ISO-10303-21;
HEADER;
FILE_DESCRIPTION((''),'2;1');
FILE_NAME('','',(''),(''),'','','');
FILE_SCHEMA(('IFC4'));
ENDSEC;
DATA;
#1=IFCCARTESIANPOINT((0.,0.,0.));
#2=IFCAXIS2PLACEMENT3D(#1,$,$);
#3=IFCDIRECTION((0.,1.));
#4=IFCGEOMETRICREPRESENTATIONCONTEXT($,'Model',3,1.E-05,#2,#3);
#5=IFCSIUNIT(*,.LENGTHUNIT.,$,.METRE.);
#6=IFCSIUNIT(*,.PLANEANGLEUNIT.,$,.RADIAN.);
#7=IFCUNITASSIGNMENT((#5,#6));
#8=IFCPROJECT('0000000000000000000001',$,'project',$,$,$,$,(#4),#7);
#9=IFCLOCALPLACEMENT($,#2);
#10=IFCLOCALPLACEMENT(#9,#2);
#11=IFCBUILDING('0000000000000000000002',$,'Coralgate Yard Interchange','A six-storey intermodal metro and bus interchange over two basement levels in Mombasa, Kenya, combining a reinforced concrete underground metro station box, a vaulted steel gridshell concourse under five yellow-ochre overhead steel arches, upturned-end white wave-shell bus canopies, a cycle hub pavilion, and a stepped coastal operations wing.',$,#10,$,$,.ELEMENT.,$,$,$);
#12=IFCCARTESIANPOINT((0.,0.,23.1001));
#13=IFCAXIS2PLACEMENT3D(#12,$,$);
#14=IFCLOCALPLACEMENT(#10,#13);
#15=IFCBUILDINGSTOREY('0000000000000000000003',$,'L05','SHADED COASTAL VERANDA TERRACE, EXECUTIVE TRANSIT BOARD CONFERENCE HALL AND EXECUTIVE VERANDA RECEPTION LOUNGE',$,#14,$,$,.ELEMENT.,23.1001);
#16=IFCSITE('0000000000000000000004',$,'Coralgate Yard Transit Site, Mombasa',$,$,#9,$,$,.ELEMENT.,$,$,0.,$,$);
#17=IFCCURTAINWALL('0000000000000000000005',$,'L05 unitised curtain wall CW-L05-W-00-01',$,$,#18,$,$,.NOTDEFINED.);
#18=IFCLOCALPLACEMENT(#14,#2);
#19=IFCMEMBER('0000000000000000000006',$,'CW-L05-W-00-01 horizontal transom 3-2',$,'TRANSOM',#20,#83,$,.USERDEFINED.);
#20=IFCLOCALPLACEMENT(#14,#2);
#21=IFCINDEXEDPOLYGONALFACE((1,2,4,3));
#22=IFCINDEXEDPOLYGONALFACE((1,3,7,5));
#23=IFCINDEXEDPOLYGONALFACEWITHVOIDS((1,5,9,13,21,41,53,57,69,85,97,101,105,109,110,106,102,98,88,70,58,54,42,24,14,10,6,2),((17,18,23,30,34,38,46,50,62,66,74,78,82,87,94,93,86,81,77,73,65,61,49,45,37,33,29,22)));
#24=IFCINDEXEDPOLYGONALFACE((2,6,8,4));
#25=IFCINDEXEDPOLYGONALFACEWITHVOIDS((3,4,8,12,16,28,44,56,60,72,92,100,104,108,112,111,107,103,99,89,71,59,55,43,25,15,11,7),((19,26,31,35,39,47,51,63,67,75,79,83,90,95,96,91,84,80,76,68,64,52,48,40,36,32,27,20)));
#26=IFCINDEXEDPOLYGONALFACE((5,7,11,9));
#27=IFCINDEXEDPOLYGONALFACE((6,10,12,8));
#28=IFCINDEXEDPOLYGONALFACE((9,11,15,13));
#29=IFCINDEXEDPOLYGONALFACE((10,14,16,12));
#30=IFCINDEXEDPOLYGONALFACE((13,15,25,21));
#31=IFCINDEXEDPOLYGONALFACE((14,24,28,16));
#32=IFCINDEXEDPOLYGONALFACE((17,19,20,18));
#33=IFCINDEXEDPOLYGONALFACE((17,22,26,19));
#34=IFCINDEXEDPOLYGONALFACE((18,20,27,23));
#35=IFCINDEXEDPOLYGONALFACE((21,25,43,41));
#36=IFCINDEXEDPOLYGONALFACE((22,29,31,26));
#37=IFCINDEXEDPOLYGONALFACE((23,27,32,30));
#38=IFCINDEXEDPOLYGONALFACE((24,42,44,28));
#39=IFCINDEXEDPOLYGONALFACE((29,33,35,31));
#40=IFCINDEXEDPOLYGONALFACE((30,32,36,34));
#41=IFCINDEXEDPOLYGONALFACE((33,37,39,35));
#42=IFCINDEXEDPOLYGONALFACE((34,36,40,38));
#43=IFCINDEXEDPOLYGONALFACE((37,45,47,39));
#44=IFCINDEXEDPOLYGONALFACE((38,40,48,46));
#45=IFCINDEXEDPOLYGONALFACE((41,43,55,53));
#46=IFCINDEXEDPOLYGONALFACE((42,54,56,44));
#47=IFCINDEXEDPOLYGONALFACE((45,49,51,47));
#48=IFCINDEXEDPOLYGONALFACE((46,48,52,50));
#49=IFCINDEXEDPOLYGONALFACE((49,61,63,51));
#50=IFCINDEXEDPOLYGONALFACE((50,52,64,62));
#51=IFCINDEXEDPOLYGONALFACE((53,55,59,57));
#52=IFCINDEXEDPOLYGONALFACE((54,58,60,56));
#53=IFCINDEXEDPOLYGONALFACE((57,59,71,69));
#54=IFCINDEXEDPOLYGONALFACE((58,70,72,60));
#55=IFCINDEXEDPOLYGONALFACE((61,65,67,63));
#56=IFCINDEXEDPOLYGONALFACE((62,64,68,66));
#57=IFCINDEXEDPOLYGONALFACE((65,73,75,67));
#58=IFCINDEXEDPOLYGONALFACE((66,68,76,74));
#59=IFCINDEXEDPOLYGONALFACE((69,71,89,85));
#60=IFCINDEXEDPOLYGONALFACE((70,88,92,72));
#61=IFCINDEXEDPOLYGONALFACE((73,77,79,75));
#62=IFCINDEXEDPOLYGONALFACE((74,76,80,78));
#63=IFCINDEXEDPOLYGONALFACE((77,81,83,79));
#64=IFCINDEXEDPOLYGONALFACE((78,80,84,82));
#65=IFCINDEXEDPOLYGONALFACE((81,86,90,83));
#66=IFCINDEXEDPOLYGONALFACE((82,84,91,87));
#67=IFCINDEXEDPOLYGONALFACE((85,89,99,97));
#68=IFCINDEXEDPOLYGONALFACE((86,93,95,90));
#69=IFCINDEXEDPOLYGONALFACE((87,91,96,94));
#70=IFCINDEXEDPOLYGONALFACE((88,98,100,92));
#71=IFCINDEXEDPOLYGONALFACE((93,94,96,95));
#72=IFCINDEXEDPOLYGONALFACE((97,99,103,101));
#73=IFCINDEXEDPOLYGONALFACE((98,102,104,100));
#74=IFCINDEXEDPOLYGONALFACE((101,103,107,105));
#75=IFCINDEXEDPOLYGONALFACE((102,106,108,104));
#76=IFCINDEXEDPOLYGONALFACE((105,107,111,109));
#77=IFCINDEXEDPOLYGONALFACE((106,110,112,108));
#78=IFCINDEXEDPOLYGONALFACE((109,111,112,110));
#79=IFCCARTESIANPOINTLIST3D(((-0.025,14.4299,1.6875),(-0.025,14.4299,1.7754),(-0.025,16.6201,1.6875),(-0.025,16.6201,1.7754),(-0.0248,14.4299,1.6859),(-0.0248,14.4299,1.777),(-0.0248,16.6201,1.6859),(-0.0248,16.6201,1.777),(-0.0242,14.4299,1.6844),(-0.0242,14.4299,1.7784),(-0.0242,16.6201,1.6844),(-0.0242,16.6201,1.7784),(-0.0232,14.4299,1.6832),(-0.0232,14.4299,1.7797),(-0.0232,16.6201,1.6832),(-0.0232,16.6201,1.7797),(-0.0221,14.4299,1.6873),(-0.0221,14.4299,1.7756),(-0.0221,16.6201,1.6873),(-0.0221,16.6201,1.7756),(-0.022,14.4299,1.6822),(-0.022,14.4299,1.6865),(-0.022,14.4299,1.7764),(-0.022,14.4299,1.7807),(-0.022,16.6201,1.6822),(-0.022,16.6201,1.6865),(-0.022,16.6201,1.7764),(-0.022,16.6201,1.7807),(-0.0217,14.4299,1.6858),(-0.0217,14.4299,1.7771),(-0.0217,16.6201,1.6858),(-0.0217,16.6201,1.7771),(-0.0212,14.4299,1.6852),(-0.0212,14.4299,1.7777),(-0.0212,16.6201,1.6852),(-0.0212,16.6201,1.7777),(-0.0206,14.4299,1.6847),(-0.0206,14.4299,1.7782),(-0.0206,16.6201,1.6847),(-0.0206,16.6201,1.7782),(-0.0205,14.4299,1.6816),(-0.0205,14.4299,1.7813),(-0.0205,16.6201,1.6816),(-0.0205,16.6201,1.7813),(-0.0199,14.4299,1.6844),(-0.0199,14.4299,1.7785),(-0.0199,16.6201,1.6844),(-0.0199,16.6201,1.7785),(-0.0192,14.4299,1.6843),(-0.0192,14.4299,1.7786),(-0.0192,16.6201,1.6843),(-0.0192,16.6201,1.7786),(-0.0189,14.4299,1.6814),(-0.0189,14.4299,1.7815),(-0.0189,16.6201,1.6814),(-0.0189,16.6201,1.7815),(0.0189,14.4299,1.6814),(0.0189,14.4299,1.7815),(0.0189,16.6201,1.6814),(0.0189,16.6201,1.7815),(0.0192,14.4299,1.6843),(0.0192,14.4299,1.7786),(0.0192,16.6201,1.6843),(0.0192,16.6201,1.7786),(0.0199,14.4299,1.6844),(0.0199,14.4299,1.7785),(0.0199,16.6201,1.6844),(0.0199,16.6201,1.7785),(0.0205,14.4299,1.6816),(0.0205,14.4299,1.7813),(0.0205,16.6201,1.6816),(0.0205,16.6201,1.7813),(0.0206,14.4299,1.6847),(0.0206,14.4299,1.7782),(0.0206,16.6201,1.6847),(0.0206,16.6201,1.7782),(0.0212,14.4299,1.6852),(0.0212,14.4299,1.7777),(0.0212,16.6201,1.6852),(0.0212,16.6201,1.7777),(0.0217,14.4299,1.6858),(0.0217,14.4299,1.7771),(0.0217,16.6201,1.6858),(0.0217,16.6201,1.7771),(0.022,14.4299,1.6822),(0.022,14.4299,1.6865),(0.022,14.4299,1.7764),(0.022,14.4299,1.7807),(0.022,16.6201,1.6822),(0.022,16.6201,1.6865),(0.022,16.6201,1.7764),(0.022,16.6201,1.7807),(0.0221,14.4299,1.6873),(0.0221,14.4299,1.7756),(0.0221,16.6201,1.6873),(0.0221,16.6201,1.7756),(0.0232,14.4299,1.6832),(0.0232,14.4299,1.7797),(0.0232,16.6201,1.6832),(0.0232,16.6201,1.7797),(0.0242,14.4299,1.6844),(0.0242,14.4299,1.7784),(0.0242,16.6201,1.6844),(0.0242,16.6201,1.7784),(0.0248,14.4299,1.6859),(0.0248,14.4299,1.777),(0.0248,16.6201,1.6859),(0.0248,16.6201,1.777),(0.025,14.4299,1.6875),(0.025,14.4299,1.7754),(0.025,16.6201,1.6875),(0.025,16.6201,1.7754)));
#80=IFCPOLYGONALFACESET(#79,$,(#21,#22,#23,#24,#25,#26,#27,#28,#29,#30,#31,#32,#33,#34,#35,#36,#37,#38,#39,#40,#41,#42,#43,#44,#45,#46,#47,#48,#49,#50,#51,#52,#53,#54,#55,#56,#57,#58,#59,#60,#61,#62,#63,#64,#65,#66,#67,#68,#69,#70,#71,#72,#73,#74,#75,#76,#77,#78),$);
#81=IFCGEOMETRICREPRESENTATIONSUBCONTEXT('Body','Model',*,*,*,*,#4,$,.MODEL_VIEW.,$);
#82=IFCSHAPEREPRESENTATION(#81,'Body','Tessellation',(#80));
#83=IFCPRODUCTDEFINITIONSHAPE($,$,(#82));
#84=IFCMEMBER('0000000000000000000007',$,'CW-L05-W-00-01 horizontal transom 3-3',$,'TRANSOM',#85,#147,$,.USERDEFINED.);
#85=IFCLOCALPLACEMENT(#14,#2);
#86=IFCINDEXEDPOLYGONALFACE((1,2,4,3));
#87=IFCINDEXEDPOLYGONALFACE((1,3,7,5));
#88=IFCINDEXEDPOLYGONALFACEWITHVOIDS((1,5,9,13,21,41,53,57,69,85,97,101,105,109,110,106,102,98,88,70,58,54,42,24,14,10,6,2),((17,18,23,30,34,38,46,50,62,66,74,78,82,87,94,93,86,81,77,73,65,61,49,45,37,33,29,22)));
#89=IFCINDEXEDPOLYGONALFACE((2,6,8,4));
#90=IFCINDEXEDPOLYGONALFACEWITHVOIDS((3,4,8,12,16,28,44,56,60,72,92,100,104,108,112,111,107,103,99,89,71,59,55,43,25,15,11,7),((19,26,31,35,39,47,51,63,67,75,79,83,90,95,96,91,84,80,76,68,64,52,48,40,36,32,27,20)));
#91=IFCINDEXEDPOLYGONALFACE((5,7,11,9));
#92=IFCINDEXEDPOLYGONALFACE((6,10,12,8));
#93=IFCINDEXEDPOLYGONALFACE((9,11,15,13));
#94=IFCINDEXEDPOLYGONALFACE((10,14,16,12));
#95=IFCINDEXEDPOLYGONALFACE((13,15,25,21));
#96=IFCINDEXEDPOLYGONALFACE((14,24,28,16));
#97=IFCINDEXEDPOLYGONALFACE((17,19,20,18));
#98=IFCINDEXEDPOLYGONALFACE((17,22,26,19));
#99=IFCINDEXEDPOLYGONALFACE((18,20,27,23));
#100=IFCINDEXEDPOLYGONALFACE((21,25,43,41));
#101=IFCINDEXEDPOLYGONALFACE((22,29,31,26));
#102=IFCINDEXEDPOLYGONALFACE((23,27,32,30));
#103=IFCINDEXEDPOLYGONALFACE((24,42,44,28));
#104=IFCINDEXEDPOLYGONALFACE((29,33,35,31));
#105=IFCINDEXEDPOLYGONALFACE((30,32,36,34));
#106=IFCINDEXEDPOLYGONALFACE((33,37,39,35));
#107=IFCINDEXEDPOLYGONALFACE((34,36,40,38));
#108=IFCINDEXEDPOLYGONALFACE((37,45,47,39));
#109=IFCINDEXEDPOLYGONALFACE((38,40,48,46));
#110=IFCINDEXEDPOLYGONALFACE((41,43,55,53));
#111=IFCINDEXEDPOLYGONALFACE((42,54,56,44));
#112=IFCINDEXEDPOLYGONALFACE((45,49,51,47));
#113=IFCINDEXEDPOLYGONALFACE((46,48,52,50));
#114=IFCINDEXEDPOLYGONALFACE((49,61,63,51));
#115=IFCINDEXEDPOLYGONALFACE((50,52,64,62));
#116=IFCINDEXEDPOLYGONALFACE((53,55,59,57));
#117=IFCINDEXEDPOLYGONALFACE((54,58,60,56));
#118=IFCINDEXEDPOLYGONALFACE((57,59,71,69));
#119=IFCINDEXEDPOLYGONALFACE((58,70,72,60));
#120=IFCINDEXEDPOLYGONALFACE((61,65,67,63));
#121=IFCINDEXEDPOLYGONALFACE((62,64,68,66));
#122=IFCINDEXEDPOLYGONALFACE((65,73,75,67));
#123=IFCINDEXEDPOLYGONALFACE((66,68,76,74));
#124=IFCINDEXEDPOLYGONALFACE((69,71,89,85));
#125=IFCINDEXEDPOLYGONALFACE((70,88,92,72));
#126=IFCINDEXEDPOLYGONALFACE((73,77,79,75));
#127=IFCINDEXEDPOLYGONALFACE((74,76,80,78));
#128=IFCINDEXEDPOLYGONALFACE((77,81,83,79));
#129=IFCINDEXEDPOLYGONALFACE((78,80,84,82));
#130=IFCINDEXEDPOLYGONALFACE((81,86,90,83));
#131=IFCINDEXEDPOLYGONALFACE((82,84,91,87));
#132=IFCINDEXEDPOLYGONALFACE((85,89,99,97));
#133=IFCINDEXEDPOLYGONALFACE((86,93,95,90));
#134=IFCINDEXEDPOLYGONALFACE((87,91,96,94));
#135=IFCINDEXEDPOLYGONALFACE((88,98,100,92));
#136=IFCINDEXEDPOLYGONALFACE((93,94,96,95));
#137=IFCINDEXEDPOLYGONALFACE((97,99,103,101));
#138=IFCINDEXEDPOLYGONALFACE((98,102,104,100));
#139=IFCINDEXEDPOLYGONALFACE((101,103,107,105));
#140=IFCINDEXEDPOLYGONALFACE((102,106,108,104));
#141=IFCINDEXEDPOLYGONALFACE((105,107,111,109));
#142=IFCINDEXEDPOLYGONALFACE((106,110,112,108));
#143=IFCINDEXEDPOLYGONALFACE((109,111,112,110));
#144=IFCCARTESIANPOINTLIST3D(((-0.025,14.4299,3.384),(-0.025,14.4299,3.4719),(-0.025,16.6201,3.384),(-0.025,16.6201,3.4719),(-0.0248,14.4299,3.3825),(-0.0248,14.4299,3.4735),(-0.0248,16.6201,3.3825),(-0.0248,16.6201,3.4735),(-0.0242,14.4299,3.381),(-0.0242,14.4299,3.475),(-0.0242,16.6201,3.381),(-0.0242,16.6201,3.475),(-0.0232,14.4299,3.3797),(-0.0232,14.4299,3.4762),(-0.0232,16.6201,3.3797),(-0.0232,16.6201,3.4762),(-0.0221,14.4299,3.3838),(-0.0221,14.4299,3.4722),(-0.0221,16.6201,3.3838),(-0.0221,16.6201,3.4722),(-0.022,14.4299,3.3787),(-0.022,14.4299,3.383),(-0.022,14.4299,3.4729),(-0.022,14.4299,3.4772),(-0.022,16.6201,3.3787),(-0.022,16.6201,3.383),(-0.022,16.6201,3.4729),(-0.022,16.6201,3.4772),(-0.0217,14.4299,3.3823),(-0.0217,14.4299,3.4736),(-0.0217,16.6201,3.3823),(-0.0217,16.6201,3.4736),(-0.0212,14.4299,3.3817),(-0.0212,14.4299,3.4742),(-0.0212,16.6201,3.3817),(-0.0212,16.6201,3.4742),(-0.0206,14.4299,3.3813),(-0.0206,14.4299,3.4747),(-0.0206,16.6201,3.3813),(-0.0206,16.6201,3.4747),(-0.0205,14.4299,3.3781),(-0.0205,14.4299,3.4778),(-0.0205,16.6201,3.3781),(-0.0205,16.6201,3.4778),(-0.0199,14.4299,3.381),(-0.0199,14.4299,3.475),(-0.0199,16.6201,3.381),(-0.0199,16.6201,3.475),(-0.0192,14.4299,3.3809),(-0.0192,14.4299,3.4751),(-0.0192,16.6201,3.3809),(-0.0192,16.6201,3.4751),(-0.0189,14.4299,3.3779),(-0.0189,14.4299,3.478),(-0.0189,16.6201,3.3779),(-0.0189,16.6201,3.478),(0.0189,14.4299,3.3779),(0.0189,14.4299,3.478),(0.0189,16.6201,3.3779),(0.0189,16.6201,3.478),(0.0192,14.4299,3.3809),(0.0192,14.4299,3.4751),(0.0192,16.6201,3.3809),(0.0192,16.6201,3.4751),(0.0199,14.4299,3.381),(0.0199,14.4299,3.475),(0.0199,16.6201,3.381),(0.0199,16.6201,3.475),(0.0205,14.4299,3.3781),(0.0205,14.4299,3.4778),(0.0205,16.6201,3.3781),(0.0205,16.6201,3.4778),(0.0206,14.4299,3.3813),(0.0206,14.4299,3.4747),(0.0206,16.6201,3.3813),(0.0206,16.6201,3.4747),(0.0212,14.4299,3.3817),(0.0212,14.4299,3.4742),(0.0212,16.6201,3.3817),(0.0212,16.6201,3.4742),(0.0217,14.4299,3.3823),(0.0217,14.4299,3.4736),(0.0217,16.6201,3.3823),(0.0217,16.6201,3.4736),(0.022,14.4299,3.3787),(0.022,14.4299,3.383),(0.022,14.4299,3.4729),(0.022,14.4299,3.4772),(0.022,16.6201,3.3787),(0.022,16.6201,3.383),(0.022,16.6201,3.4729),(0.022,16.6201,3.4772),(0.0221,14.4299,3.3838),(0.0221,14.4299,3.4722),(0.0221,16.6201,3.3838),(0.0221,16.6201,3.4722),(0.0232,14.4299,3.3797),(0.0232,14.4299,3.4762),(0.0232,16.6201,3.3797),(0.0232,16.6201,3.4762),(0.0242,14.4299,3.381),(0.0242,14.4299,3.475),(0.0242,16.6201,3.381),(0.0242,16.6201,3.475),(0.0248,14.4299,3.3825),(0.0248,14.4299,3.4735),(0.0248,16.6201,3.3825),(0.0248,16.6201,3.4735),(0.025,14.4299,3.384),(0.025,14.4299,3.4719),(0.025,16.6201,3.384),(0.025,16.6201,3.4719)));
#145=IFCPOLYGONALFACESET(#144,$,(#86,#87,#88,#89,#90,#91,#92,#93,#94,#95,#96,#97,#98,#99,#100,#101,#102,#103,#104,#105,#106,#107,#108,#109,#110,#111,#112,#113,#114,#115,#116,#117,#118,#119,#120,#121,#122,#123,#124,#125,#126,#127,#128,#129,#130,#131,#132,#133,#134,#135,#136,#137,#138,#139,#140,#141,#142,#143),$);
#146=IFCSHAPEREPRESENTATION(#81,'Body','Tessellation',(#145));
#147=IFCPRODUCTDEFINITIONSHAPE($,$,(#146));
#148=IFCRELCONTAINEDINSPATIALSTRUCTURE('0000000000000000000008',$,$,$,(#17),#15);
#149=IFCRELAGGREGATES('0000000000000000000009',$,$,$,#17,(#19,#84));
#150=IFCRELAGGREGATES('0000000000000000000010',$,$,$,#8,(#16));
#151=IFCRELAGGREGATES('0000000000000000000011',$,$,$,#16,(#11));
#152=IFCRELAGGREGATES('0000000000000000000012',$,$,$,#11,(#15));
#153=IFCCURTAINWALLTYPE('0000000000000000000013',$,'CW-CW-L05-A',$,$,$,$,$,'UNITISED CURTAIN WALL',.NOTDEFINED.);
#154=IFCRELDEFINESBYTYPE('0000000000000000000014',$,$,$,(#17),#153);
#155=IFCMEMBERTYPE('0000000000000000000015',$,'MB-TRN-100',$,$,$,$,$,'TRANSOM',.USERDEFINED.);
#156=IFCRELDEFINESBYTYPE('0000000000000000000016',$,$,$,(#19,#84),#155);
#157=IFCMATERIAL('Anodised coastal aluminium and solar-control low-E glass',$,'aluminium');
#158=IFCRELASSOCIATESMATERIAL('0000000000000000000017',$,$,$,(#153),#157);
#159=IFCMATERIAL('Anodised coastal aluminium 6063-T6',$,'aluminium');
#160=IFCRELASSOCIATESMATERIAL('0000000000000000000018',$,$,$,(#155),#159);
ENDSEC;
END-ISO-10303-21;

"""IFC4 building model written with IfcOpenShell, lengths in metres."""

from ifc_helpers import new_model, si_unit, direction, frame, origin, origin_2d, place, context, subcontext, project, spatial, hollow_rectangle, extrude, material, material_profile, profile_set, type_object, element, aggregate, save


model = new_model("IFC4")

# Units and contexts
model_context = context("Model", 3, precision=1e-05, world=origin(), true_north=direction((0.0, 1.0)))
body_context = subcontext(model_context, "Body", "Model", "MODEL_VIEW")
ifc_project = project(units=[si_unit("LENGTHUNIT", "METRE"), si_unit("PLANEANGLEUNIT", "RADIAN")], contexts=[model_context])

# Site, building, storey
site_placement = place(None, origin())
site = spatial("IfcSite", under=ifc_project, at=site_placement, Name="Coralgate Yard Transit Site, Mombasa", CompositionType="ELEMENT", RefElevation=0.0)
building_placement = place(site_placement, origin())
building = spatial("IfcBuilding", under=site, at=building_placement, Name="Coralgate Yard Interchange", Description="A six-storey intermodal metro and bus interchange over two basement levels in Mombasa, Kenya, combining a reinforced concrete underground metro station box, a vaulted steel gridshell concourse under five yellow-ochre overhead steel arches, upturned-end white wave-shell bus canopies, a cycle hub pavilion, and a stepped coastal operations wing.", CompositionType="ELEMENT")
storey_placement = place(building_placement, frame((0.0, 0.0, 23.1001)))
storey = spatial("IfcBuildingStorey", under=building, at=storey_placement, Name="L05", Description="SHADED COASTAL VERANDA TERRACE, EXECUTIVE TRANSIT BOARD CONFERENCE HALL AND EXECUTIVE VERANDA RECEPTION LOUNGE", CompositionType="ELEMENT", Elevation=23.1001)

# Curtain wall, members
ifc_material_1 = material(Name="Anodised coastal aluminium and solar-control low-E glass", Category="aluminium")
curtain_wall_type = type_object("IfcCurtainWallType", Name="CW-CW-L05-A", ElementType="UNITISED CURTAIN WALL", PredefinedType="NOTDEFINED", material=ifc_material_1)
curtain_wall_placement = place(storey_placement, origin())
curtain_wall = element("IfcCurtainWall", 1, at=curtain_wall_placement, inside=storey, type_object=curtain_wall_type, Name="L05 unitised curtain wall CW-L05-W-00-01", PredefinedType="NOTDEFINED")
ifc_material_2 = material(Name="Anodised coastal aluminium 6063-T6", Category="aluminium")
ifc_material_profile_1 = material_profile(ifc_material_2, hollow_rectangle(XDim=0.05, YDim=0.1001, WallThickness=0.0029, InnerFilletRadius=0.0029, OuterFilletRadius=0.0061, at=origin_2d()), Name="ALU 50x100x3")
ifc_profile_set_1 = profile_set([ifc_material_profile_1], Name="Anodised coastal aluminium 6063-T6")
member_type_1 = type_object("IfcMemberType", Name="MB-TRN-100", ElementType="TRANSOM", PredefinedType="USERDEFINED", material=ifc_profile_set_1)
member_1_placement = place(storey_placement, frame((0.0, 14.4299, 1.7314), z_axis=(0.0, 1.0, 0.0), x_axis=(-1.0, 0.0, 0.0)))
member_1 = element("IfcMember", 2, at=member_1_placement, type_object=member_type_1, Name="CW-L05-W-00-01 horizontal transom 3-2", ObjectType="TRANSOM", PredefinedType="USERDEFINED", context=body_context, shape_type="SweptSolid", body=[
    extrude(hollow_rectangle(XDim=0.05, YDim=0.1001, WallThickness=0.0029, InnerFilletRadius=0.0029, OuterFilletRadius=0.0061, at=origin_2d()), origin(), (0.0, 0.0, 1.0), 2.1902),
])
member_2_placement = place(storey_placement, frame((0.0, 14.4299, 3.428), z_axis=(0.0, 1.0, 0.0), x_axis=(-1.0, 0.0, 0.0)))
member_2 = element("IfcMember", 3, at=member_2_placement, type_object=member_type_1, Name="CW-L05-W-00-01 horizontal transom 3-3", ObjectType="TRANSOM", PredefinedType="USERDEFINED", context=body_context, shape_type="SweptSolid", body=[
    extrude(hollow_rectangle(XDim=0.05, YDim=0.1001, WallThickness=0.0029, InnerFilletRadius=0.0029, OuterFilletRadius=0.0061, at=origin_2d()), origin(), (0.0, 0.0, 1.0), 2.1902),
])
aggregate(curtain_wall, [member_1, member_2])

save(model, "model.ifc")
